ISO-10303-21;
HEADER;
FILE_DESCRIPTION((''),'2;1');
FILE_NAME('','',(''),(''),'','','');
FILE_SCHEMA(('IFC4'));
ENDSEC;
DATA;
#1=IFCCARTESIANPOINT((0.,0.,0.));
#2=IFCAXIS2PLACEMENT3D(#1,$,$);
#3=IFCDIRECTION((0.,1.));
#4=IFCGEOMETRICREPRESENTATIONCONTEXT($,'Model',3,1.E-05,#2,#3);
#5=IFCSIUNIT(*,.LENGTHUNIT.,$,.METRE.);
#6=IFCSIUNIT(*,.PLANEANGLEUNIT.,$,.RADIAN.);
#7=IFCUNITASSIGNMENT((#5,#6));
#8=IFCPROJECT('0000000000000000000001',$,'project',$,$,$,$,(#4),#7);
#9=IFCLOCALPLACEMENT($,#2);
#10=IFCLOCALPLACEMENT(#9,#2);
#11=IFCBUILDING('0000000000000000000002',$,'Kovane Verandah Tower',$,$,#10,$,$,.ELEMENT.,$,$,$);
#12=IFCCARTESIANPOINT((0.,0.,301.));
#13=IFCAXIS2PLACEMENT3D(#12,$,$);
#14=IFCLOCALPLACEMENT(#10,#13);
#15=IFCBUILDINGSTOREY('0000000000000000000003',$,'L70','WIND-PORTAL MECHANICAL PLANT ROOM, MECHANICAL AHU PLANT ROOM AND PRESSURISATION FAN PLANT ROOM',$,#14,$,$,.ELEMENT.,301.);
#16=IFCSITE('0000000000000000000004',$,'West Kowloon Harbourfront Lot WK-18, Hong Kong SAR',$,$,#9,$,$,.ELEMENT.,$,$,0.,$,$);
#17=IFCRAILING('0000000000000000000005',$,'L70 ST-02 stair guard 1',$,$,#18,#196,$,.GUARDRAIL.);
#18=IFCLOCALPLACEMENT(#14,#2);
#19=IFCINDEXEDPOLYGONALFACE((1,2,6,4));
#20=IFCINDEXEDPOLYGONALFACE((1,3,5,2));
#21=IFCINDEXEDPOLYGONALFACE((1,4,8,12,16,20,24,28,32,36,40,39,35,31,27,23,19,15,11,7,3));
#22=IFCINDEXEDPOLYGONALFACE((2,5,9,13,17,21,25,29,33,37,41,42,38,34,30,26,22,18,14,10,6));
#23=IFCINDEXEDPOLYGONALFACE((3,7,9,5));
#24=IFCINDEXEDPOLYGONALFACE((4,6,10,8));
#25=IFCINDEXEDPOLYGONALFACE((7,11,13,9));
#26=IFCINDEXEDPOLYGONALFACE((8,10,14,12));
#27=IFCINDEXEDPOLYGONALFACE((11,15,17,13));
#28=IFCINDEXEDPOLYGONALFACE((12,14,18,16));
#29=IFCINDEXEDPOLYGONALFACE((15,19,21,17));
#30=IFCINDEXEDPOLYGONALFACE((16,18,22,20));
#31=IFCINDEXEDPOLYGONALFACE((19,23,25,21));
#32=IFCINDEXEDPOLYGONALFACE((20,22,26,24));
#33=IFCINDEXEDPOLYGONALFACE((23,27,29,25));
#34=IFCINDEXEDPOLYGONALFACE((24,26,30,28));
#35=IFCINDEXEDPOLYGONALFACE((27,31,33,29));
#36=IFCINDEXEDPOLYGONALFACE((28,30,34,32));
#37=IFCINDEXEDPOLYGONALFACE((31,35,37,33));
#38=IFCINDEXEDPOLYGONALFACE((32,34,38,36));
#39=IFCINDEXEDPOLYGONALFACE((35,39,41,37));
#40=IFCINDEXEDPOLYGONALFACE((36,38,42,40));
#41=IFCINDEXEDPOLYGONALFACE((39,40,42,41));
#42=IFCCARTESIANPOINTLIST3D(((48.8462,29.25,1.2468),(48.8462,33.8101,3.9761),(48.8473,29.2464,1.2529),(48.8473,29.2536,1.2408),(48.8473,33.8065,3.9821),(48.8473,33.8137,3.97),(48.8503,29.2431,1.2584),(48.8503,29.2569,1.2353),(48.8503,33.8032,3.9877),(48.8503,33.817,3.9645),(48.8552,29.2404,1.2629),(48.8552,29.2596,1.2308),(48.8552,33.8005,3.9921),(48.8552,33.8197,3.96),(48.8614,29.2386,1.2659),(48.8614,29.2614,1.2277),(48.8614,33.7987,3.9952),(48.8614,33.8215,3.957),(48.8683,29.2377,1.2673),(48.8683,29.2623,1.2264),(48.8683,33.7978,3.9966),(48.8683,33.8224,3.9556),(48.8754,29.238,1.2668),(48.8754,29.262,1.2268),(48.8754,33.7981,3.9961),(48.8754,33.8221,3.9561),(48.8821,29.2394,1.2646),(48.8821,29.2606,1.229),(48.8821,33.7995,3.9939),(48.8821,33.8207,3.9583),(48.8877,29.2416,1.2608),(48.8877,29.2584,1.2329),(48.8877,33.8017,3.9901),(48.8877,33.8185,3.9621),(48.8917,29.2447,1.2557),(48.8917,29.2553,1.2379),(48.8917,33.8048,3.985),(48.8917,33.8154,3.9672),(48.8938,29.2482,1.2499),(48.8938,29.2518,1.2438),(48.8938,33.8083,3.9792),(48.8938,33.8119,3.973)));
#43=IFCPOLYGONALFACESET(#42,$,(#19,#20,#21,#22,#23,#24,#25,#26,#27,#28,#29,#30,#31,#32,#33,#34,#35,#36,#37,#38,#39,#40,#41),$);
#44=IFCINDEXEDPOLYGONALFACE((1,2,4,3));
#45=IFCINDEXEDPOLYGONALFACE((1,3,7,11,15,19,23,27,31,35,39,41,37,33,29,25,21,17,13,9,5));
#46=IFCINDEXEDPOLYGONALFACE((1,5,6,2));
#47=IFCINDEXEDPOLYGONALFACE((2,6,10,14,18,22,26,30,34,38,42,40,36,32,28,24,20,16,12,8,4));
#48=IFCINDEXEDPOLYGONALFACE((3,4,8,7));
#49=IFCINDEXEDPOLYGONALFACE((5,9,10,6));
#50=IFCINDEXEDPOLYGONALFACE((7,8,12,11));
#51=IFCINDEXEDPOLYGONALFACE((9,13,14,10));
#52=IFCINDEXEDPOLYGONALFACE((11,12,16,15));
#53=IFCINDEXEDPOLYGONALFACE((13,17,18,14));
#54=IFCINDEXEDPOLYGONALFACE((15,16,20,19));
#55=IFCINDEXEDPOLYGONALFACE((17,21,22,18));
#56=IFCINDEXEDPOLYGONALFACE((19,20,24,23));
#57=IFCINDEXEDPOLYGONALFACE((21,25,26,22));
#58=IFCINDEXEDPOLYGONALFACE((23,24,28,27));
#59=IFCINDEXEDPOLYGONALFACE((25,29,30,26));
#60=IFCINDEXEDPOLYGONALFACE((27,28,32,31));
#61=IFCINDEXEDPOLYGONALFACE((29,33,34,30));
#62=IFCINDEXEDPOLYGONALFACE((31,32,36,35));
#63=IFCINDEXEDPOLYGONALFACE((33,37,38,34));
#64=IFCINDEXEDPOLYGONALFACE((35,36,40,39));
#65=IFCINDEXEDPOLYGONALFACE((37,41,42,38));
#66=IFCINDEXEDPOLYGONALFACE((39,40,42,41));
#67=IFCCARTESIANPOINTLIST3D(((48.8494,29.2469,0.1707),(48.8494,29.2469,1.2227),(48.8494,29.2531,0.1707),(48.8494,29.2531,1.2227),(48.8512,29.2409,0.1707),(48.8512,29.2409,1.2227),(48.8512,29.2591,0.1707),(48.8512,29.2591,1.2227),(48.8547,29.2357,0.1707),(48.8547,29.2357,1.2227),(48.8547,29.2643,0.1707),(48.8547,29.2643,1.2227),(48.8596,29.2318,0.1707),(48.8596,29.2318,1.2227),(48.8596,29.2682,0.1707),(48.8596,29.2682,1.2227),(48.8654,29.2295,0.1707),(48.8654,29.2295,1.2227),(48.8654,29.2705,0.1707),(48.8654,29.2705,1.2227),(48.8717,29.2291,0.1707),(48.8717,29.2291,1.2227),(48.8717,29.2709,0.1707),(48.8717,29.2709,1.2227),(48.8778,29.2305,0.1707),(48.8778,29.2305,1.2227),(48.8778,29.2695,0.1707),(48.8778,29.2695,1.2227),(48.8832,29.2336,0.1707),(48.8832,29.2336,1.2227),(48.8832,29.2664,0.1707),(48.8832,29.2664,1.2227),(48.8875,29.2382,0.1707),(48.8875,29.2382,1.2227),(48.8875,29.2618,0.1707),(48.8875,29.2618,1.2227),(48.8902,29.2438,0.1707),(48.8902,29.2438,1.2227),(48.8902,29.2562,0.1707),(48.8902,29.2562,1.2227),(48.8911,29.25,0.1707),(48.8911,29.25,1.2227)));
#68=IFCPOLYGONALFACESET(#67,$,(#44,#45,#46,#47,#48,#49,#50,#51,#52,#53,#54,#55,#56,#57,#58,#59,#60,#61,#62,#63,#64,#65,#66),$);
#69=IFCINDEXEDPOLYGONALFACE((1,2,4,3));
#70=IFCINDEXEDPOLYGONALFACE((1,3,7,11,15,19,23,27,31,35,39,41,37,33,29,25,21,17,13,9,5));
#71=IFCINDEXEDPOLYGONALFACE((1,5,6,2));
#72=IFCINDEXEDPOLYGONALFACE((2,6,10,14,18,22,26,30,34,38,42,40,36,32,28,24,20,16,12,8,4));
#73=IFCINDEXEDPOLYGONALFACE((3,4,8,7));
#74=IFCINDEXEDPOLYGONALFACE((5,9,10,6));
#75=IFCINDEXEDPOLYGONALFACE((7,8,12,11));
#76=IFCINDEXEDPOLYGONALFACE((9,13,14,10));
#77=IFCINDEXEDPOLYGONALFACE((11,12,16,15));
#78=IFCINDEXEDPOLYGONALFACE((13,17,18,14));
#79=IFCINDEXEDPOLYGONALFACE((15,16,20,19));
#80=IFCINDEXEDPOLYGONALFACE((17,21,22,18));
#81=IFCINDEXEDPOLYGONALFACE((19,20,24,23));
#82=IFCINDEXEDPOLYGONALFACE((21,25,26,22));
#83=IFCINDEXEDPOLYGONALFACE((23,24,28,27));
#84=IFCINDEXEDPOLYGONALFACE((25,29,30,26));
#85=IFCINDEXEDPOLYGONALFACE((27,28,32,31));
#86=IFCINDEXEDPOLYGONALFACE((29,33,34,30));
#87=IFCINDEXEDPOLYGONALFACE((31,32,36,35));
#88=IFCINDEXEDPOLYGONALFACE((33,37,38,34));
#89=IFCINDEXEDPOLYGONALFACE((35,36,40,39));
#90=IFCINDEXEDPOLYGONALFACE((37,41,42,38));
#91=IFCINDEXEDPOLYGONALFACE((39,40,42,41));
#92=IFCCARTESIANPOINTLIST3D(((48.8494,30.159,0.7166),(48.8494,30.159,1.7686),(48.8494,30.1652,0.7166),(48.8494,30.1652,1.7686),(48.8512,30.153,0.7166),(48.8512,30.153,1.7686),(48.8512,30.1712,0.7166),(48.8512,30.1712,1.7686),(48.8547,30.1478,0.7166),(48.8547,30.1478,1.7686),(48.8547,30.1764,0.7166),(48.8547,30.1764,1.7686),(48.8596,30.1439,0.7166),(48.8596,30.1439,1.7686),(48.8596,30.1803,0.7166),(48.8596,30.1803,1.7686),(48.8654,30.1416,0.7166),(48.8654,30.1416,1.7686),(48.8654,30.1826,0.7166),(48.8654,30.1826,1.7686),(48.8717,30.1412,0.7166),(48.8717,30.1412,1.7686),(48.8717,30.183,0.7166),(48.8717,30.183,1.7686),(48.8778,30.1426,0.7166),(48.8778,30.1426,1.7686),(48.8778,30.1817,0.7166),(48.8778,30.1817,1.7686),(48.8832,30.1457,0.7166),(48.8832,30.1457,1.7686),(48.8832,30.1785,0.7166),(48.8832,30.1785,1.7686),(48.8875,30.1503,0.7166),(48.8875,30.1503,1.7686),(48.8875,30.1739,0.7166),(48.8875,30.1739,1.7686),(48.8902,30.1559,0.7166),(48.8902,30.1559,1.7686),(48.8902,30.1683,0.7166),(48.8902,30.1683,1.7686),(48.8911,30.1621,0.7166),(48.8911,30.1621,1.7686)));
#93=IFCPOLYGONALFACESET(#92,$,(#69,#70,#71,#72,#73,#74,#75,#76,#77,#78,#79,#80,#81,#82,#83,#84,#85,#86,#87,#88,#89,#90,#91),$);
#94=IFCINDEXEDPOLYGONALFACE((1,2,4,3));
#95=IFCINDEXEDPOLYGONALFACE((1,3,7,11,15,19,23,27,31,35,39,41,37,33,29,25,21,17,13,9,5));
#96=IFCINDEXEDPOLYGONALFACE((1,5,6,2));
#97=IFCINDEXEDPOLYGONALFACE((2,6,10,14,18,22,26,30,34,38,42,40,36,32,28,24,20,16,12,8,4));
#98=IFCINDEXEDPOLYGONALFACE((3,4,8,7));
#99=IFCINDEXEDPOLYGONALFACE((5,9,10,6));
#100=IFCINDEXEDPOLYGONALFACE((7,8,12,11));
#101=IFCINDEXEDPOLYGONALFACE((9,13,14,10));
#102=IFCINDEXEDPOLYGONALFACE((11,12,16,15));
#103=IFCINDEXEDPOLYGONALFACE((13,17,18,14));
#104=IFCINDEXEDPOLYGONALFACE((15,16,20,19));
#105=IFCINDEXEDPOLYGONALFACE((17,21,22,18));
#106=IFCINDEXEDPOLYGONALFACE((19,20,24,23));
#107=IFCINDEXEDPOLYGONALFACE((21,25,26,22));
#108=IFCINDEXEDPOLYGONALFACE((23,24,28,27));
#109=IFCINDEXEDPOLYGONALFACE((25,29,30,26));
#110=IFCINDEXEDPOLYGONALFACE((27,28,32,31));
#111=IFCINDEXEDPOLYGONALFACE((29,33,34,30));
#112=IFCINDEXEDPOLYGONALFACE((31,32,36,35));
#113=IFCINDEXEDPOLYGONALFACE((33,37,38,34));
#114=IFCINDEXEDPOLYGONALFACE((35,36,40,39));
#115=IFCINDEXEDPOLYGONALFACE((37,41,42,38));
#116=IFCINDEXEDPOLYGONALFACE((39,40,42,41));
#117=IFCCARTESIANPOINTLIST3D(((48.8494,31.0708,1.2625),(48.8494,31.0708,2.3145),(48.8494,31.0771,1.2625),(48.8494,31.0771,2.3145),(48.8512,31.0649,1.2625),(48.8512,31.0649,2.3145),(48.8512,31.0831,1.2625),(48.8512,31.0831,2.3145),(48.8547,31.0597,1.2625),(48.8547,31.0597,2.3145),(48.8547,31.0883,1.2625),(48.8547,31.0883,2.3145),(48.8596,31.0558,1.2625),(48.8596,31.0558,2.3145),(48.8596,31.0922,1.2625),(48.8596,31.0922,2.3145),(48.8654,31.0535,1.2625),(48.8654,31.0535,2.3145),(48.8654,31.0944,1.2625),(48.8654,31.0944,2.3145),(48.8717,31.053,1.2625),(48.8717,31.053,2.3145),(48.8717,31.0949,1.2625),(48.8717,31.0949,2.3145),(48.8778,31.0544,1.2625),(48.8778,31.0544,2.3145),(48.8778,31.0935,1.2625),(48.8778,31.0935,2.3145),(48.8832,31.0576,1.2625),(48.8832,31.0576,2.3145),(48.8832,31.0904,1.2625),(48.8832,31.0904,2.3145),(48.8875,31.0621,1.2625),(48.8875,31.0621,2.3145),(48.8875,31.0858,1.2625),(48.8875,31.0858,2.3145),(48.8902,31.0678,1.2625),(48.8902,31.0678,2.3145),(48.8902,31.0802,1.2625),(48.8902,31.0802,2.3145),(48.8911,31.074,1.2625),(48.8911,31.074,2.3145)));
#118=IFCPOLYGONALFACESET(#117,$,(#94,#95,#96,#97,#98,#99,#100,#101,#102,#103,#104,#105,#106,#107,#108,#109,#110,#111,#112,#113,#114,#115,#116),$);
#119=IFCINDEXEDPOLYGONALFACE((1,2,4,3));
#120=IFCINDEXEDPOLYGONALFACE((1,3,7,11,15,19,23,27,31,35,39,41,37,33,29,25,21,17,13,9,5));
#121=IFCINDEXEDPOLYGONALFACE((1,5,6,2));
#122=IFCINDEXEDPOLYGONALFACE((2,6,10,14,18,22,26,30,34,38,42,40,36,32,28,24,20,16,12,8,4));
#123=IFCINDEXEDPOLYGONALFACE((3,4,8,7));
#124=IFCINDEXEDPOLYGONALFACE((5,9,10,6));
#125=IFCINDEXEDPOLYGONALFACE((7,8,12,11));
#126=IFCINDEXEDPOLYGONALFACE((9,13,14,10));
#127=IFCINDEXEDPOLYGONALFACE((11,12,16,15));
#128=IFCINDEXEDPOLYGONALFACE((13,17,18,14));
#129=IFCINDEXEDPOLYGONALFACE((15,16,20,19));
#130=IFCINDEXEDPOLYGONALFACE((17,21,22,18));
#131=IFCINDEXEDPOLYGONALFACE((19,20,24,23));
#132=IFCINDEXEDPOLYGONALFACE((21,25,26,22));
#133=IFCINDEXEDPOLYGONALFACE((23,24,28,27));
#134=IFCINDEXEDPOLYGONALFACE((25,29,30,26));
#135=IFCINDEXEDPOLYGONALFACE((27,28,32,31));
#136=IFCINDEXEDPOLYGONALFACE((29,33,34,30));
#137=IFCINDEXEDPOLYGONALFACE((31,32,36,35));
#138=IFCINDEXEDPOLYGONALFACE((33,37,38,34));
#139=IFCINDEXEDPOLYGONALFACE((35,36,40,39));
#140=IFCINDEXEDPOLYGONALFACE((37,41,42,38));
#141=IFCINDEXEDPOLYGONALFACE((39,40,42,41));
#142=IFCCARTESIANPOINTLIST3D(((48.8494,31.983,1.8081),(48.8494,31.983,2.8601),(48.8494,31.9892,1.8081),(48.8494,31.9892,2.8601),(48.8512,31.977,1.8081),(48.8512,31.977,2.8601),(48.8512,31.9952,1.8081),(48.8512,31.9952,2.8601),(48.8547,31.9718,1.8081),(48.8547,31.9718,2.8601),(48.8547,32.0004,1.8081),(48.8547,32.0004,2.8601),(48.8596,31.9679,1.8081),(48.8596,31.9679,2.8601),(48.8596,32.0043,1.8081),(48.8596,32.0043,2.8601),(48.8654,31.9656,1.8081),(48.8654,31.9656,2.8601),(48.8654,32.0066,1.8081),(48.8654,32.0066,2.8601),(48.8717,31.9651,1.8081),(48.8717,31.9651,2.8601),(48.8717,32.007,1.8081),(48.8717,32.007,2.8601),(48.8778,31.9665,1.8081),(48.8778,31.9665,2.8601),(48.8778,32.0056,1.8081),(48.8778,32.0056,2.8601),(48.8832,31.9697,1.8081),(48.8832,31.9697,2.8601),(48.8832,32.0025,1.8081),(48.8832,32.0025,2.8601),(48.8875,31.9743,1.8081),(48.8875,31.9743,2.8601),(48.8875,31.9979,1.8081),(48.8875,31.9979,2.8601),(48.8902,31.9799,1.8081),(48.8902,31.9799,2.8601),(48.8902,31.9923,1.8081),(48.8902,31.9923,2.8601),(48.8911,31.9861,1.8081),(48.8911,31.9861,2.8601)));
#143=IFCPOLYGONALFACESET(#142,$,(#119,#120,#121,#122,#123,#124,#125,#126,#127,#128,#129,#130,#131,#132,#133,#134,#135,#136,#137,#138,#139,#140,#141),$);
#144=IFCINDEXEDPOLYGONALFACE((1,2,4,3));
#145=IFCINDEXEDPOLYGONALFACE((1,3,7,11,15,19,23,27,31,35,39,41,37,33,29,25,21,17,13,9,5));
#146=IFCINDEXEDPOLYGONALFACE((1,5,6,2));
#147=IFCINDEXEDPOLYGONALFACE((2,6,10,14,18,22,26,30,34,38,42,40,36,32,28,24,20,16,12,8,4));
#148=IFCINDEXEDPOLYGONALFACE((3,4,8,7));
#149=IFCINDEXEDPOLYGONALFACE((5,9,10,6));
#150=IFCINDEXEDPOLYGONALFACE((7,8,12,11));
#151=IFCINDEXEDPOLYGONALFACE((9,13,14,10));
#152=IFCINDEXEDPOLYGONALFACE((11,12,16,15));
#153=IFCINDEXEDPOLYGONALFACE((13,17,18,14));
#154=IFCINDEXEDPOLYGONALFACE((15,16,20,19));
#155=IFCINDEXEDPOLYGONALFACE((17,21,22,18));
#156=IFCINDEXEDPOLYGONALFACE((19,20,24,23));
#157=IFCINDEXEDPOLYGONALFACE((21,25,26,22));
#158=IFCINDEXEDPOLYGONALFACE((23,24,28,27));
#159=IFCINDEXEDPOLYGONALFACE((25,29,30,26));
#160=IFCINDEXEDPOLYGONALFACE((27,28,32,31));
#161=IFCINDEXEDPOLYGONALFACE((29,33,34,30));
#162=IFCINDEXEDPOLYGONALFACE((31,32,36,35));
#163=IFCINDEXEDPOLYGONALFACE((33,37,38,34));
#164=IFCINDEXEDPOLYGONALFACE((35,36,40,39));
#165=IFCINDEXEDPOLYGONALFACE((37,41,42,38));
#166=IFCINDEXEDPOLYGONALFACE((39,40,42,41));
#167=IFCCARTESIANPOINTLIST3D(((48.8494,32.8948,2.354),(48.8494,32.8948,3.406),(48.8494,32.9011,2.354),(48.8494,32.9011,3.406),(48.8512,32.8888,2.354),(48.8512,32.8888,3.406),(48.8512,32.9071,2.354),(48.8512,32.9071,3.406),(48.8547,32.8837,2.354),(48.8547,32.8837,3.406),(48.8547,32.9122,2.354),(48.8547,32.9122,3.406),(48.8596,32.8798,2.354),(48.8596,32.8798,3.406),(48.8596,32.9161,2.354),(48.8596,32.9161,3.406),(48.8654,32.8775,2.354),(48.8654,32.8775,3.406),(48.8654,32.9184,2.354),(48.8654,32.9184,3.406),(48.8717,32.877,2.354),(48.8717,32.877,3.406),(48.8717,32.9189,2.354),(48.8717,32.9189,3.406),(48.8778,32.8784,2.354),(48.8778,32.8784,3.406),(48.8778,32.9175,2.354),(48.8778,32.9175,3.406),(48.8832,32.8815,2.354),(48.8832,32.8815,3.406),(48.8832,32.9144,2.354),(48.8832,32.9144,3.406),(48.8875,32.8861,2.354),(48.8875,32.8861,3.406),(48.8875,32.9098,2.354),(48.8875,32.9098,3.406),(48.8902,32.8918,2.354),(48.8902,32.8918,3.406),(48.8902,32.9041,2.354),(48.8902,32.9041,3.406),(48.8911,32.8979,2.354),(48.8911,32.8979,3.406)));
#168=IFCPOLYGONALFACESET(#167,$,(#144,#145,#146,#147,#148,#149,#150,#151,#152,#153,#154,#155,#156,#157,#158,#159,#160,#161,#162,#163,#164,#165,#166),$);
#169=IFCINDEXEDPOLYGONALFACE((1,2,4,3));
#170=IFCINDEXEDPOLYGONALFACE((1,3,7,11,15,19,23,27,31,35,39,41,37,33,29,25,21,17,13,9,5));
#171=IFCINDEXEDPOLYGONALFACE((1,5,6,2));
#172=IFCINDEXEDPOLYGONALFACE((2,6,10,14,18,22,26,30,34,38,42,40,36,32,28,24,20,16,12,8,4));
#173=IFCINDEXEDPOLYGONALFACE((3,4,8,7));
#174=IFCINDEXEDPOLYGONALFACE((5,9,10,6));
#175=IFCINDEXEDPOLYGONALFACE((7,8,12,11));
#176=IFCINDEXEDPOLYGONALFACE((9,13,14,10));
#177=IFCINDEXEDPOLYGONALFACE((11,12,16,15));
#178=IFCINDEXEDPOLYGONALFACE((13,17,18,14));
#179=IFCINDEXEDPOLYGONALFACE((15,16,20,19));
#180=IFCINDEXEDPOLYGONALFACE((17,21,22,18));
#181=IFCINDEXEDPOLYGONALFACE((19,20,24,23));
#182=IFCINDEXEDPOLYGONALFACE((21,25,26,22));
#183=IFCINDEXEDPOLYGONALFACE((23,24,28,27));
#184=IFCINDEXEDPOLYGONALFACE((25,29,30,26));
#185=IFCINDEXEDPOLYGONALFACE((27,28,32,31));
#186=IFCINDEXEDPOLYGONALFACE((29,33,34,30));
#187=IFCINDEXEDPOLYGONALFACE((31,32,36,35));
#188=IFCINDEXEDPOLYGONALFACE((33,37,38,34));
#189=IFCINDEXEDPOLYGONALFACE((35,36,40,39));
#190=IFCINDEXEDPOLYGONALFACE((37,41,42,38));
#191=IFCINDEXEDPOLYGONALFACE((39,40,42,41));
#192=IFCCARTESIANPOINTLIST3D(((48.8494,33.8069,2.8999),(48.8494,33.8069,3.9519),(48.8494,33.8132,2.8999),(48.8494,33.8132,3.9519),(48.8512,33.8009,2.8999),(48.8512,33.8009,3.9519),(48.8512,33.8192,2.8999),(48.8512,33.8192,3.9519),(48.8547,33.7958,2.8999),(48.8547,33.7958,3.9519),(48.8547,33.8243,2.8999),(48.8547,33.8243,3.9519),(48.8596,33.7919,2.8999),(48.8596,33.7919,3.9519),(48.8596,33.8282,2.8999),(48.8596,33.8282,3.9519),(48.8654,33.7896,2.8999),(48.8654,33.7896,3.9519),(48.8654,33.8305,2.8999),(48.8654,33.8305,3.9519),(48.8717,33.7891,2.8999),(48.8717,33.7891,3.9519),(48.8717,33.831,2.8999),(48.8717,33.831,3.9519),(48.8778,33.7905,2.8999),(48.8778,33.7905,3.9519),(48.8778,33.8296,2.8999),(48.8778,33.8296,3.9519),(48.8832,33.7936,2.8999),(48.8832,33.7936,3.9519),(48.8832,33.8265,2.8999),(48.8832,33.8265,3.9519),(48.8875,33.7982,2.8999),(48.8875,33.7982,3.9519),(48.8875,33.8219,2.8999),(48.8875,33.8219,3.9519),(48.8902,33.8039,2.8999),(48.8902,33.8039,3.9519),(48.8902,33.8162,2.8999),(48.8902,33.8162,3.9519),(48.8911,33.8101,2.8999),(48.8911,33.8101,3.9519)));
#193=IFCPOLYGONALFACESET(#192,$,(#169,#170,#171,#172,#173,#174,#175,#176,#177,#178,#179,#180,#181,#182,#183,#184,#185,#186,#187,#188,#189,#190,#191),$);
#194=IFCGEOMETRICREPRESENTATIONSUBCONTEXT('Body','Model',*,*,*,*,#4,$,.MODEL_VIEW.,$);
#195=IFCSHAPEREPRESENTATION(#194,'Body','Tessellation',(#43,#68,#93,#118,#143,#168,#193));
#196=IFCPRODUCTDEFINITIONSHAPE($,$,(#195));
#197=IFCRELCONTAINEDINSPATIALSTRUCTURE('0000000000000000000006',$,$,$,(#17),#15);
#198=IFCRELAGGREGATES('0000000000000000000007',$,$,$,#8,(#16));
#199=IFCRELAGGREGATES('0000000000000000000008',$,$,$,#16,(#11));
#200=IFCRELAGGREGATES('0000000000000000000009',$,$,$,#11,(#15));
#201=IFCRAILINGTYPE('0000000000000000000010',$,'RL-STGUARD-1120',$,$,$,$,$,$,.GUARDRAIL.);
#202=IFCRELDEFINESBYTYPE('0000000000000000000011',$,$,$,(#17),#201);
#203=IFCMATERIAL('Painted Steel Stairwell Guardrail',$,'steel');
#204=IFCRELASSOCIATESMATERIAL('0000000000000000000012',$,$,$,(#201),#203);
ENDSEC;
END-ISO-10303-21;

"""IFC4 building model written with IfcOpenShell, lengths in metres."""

from ifc_helpers import new_model, si_unit, direction, frame, origin, origin_2d, place, context, subcontext, project, spatial, circle, extrude, material, type_object, element, save


model = new_model("IFC4")

# Units and contexts
model_context = context("Model", 3, precision=1e-05, world=origin(), true_north=direction((0.0, 1.0)))
body_context = subcontext(model_context, "Body", "Model", "MODEL_VIEW")
ifc_project = project(units=[si_unit("LENGTHUNIT", "METRE"), si_unit("PLANEANGLEUNIT", "RADIAN")], contexts=[model_context])

# Site, building, storey
site_placement = place(None, origin())
site = spatial("IfcSite", under=ifc_project, at=site_placement, Name="West Kowloon Harbourfront Lot WK-18, Hong Kong SAR", CompositionType="ELEMENT", RefElevation=0.0)
building_placement = place(site_placement, origin())
building = spatial("IfcBuilding", under=site, at=building_placement, Name="Kovane Verandah Tower", CompositionType="ELEMENT")
storey_placement = place(building_placement, frame((0.0, 0.0, 301.0)))
storey = spatial("IfcBuildingStorey", under=building, at=storey_placement, Name="L70", Description="WIND-PORTAL MECHANICAL PLANT ROOM, MECHANICAL AHU PLANT ROOM AND PRESSURISATION FAN PLANT ROOM", CompositionType="ELEMENT", Elevation=301.0)

# Railing
ifc_material_1 = material(Name="Painted Steel Stairwell Guardrail", Category="steel")
railing_type_1 = type_object("IfcRailingType", Name="RL-STGUARD-1120", PredefinedType="GUARDRAIL", material=ifc_material_1)
railing_1_placement = place(storey_placement, frame((48.8701, 29.25, 0.1707)))
element("IfcRailing", 1, at=railing_1_placement, inside=storey, type_object=railing_type_1, Name="L70 ST-02 stair guard 1", PredefinedType="GUARDRAIL", context=body_context, shape_type="SweptSolid", body=[
    extrude(circle(Radius=0.0239, at=origin_2d()), frame((0.0, 0.0, 1.0762), z_axis=(0.0, 0.858056, 0.513556), x_axis=(-1.0, 0.0, 0.0)), (0.0, 0.0, 1.0), 5.3145),
    extrude(circle(Radius=0.021, at=origin_2d()), origin(), (0.0, 0.0, 1.0), 1.052),
    extrude(circle(Radius=0.021, at=origin_2d()), frame((0.0, 0.9121, 0.5459)), (0.0, 0.0, 1.0), 1.052),
    extrude(circle(Radius=0.021, at=origin_2d()), frame((0.0, 1.824, 1.0918)), (0.0, 0.0, 1.0), 1.052),
    extrude(circle(Radius=0.021, at=origin_2d()), frame((0.0, 2.7361, 1.6375)), (0.0, 0.0, 1.0), 1.052),
    extrude(circle(Radius=0.021, at=origin_2d()), frame((0.0, 3.6479, 2.1833)), (0.0, 0.0, 1.0), 1.052),
    extrude(circle(Radius=0.021, at=origin_2d()), frame((0.0, 4.5601, 2.7292)), (0.0, 0.0, 1.0), 1.052),
])

save(model, "model.ifc")
